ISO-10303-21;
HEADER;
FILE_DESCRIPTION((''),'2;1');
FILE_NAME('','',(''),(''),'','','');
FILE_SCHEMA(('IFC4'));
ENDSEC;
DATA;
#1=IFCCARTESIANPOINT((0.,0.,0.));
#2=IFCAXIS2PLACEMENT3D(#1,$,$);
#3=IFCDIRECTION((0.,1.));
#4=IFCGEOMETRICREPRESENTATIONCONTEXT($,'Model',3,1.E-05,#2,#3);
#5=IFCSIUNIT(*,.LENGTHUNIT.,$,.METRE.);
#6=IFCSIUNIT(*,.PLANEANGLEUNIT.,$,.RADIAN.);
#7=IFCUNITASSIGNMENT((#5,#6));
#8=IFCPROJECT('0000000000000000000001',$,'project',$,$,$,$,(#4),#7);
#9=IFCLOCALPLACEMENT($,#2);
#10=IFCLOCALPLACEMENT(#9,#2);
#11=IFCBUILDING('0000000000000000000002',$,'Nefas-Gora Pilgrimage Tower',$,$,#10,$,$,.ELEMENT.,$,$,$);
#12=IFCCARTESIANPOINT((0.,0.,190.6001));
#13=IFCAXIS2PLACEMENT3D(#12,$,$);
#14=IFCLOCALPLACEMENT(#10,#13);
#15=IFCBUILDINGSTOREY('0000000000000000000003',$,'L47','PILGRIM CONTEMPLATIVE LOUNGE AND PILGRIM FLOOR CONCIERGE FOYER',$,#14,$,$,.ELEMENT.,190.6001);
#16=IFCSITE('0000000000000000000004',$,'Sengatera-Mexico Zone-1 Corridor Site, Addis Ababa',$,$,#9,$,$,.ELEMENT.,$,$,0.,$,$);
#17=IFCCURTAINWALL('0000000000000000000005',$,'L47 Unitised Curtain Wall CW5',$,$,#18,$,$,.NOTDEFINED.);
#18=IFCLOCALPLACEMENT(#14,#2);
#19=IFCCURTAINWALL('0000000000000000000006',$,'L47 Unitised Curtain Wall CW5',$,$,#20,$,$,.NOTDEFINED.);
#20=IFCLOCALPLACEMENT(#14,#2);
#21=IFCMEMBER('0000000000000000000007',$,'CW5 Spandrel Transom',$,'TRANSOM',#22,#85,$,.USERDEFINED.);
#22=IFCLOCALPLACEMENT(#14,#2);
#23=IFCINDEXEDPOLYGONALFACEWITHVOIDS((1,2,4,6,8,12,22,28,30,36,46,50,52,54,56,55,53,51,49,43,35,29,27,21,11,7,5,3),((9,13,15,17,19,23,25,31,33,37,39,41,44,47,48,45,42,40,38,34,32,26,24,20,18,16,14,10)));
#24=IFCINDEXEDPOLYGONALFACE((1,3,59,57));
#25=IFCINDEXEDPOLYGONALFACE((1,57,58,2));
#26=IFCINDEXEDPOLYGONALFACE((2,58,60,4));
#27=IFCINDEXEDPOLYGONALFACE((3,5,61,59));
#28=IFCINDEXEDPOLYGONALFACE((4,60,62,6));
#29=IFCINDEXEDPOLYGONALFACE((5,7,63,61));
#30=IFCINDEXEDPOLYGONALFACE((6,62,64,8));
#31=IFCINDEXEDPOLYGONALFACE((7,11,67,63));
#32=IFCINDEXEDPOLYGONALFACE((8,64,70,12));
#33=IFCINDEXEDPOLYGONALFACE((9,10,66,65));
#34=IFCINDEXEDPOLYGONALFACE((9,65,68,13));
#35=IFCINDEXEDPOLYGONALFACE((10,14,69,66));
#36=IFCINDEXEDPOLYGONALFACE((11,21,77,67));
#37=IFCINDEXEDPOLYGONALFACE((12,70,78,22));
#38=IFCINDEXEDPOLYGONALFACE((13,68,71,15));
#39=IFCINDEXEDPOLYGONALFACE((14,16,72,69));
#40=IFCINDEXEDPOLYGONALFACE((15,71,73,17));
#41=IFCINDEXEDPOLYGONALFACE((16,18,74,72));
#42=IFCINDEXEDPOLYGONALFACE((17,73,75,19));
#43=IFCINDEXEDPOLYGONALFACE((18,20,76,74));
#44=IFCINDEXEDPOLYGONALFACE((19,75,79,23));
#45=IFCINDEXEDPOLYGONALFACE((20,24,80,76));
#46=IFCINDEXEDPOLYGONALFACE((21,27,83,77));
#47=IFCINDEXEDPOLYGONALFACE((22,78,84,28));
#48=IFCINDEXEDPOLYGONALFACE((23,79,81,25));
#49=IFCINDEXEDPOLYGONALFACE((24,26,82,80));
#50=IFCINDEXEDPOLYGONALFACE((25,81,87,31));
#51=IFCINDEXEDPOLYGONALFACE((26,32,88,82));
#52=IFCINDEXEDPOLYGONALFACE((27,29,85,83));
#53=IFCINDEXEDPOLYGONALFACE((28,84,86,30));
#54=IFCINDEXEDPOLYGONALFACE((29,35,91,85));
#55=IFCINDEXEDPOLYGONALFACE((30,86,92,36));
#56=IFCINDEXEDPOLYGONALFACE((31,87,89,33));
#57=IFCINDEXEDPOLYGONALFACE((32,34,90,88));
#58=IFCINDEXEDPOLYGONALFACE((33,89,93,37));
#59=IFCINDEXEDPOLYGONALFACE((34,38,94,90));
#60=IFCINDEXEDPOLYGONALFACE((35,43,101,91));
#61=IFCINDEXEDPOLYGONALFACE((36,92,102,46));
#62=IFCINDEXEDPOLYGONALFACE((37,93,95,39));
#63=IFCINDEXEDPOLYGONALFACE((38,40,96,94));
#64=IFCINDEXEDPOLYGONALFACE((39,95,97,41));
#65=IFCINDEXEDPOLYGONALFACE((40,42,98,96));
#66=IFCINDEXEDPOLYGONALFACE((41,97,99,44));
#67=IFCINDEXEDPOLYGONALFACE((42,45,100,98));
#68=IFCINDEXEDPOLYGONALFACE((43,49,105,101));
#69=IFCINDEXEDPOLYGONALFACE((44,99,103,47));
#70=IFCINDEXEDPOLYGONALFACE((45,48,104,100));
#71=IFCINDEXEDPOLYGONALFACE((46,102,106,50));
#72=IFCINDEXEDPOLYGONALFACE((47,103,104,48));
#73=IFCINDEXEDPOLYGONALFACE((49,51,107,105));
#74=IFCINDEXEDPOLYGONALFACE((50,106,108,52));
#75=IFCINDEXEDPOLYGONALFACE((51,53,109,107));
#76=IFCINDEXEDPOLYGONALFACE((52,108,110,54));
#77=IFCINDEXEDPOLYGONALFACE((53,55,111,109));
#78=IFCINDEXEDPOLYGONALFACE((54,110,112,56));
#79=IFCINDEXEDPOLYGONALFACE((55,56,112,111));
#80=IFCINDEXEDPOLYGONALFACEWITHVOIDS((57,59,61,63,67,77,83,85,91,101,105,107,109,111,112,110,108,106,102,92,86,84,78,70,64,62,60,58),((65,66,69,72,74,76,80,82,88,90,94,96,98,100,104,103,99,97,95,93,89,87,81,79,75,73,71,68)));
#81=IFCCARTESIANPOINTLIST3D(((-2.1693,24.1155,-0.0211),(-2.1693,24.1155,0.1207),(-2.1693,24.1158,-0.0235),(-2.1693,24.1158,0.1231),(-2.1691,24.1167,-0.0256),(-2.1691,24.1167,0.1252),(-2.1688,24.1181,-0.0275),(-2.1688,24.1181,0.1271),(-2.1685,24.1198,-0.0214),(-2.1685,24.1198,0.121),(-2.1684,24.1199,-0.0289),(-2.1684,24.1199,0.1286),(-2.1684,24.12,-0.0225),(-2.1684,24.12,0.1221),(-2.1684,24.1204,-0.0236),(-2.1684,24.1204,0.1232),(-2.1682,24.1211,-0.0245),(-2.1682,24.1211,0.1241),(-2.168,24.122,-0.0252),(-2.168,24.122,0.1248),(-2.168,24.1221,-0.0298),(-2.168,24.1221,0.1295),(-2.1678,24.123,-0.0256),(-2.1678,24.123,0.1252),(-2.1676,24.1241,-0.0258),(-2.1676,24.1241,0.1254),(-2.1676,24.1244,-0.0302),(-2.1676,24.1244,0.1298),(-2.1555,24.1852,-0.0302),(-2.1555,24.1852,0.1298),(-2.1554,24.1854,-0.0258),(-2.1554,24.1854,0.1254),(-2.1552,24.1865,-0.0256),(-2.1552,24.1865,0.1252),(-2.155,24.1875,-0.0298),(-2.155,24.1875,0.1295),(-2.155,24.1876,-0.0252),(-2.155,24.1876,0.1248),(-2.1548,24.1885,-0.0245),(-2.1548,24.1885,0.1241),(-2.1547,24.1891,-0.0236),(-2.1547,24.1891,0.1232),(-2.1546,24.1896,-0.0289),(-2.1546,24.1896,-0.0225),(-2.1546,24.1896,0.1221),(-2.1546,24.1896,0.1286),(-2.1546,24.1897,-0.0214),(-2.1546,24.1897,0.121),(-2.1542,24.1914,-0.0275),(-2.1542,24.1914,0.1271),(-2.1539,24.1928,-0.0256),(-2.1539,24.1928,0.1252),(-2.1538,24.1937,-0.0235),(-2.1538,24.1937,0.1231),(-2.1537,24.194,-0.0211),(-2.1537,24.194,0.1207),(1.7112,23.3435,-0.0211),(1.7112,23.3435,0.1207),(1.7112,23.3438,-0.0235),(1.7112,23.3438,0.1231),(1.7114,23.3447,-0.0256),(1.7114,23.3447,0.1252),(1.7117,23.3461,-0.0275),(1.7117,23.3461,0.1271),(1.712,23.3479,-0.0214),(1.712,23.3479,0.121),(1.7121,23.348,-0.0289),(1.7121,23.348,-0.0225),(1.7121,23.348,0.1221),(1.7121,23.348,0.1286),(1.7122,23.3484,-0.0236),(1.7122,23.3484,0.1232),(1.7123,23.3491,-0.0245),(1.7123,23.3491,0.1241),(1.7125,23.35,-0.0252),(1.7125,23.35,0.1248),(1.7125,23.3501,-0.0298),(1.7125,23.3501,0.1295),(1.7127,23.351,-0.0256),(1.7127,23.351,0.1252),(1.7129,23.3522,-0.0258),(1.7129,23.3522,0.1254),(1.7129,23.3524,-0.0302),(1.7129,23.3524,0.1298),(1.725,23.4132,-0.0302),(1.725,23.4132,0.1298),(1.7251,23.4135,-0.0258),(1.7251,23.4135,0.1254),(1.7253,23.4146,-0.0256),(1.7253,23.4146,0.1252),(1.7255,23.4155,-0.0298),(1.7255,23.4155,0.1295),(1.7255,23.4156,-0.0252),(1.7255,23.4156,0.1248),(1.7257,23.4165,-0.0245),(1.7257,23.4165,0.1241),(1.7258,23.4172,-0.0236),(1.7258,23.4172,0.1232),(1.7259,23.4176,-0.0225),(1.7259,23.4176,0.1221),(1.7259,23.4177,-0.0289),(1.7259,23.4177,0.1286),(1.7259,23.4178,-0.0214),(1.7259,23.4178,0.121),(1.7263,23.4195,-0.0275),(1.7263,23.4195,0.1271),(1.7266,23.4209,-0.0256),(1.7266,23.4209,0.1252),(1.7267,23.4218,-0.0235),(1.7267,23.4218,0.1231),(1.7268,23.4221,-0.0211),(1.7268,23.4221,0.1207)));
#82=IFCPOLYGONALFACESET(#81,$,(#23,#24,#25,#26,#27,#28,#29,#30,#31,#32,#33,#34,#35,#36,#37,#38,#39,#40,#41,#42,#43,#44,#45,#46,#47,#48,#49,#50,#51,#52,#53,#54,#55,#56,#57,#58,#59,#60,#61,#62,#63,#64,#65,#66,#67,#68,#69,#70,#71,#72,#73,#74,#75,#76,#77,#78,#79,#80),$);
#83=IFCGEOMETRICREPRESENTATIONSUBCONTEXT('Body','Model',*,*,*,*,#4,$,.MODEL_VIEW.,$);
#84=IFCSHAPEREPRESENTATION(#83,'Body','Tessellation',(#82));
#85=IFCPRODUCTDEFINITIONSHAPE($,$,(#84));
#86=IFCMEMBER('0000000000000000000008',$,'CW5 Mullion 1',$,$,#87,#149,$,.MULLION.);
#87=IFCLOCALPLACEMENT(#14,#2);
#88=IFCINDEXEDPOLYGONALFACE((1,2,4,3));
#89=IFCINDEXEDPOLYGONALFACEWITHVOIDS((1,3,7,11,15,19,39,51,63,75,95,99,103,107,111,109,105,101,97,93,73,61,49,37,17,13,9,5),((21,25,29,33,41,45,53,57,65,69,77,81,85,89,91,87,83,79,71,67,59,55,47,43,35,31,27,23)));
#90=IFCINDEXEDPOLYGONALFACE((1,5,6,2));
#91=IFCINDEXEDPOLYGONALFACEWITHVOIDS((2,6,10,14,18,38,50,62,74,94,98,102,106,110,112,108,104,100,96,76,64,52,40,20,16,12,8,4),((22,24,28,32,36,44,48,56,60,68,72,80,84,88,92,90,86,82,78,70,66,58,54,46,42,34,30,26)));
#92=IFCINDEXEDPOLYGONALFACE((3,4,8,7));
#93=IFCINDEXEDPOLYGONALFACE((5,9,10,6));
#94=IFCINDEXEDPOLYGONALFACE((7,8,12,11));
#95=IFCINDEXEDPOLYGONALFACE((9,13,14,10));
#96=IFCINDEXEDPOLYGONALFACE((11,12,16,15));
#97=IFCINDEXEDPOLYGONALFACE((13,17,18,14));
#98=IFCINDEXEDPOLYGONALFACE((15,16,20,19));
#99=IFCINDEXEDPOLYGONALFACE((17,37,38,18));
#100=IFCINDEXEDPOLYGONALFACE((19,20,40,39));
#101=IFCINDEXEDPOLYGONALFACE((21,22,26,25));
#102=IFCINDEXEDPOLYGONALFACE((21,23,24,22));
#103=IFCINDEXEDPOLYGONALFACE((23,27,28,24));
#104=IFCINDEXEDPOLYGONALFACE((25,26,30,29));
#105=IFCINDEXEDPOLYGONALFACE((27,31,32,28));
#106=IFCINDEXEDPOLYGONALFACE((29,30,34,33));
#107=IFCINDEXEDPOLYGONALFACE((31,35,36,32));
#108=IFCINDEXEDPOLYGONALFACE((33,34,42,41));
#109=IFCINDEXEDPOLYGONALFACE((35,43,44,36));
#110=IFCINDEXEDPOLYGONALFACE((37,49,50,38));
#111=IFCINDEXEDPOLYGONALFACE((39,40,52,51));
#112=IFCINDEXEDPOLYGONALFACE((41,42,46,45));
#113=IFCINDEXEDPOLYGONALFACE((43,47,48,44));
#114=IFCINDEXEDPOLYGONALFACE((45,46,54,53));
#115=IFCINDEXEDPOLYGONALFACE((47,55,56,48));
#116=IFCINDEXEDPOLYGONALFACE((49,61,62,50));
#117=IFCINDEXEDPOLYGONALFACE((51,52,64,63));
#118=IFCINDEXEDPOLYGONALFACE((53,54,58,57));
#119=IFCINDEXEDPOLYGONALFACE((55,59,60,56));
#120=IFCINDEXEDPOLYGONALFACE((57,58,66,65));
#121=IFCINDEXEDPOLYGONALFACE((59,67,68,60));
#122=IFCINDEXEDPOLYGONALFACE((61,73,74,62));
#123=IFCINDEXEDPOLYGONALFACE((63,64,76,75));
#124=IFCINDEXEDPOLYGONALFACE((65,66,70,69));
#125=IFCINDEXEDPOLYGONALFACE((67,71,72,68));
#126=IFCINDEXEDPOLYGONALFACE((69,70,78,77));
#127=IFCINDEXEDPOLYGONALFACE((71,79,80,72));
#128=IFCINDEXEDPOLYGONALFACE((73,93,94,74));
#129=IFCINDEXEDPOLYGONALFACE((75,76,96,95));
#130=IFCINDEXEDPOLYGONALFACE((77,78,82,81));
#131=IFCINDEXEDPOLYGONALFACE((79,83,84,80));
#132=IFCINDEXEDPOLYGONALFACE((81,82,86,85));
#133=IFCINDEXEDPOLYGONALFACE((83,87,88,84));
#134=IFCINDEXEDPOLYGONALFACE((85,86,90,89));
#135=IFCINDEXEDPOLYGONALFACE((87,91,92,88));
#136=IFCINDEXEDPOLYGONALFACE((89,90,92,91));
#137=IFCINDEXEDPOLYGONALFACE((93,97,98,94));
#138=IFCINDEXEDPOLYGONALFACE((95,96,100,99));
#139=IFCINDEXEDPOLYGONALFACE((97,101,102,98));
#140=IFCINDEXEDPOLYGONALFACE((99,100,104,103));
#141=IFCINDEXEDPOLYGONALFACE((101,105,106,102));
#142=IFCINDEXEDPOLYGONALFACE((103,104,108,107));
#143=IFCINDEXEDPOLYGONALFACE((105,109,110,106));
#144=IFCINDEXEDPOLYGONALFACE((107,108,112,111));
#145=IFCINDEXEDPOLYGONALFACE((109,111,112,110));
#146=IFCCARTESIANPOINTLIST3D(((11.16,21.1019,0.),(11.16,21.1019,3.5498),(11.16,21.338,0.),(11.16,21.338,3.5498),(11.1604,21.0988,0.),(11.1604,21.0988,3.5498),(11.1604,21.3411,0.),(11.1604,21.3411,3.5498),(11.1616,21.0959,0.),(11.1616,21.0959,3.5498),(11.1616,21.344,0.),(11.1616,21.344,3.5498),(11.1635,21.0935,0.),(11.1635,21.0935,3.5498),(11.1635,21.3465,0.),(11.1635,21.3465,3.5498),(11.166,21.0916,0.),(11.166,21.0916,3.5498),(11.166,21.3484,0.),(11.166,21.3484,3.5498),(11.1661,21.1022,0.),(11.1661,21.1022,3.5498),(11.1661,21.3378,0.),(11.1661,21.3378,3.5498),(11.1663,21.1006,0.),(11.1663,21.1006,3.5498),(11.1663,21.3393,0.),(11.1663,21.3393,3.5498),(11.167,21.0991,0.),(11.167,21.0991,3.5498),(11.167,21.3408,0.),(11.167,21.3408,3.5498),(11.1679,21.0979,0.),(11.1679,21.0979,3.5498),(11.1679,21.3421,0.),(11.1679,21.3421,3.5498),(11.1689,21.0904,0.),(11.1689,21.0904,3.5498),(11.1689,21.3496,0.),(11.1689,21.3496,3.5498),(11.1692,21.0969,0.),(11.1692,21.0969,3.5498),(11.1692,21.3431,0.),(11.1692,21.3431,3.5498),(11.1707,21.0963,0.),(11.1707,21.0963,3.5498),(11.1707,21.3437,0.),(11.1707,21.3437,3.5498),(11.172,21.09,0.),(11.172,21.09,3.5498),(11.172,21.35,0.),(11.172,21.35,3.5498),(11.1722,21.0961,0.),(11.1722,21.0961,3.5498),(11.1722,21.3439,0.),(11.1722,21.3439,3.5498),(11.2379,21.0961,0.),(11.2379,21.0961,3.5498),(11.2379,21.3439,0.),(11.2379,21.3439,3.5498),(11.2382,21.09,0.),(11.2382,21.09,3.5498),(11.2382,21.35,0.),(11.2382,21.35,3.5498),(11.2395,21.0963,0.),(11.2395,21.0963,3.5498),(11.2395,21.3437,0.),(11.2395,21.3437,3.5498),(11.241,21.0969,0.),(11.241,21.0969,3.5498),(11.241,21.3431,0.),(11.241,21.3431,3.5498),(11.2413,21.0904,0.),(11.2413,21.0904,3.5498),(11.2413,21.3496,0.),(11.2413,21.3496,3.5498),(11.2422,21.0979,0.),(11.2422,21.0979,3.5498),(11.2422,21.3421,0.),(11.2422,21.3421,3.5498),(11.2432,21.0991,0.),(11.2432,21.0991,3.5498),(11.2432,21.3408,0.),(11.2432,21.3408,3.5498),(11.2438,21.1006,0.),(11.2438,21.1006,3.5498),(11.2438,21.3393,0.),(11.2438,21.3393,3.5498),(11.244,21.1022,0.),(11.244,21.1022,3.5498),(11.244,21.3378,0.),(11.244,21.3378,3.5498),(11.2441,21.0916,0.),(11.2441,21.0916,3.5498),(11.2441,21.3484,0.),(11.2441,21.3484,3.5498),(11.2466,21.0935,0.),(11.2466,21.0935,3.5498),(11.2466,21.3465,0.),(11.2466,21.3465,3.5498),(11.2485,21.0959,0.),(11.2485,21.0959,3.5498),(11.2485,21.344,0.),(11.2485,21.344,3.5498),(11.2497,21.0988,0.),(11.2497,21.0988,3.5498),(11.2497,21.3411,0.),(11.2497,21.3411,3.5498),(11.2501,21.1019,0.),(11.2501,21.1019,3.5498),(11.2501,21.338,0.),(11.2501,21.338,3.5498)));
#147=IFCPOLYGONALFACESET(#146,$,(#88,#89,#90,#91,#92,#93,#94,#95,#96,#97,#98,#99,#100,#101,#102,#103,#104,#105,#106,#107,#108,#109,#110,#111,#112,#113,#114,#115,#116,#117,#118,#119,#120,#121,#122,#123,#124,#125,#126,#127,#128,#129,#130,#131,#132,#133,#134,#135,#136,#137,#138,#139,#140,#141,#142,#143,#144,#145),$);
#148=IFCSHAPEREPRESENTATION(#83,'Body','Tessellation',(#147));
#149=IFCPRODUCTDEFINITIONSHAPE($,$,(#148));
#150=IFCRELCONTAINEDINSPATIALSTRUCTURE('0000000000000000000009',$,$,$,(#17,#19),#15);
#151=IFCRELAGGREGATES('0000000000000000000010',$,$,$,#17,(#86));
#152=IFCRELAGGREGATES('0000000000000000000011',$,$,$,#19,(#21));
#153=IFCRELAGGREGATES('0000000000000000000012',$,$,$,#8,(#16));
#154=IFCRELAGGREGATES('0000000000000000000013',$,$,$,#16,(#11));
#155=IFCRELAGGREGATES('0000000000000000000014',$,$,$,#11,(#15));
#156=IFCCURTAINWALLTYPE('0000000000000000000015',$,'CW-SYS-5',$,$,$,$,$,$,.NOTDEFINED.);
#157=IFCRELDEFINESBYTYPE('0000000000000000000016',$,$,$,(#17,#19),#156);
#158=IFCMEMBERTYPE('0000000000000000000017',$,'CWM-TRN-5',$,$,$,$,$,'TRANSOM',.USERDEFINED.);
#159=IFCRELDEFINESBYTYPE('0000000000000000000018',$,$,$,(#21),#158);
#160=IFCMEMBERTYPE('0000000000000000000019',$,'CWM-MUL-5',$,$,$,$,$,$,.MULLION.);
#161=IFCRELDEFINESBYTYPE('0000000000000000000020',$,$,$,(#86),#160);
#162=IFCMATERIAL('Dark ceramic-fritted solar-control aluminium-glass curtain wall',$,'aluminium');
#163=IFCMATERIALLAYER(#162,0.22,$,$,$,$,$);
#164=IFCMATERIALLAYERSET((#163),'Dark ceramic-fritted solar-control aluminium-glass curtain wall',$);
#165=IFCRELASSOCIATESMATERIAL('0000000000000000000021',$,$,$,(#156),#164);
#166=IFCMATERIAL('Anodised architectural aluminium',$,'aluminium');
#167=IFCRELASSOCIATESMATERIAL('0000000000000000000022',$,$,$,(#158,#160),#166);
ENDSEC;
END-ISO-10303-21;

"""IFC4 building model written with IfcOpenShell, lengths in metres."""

from ifc_helpers import new_model, si_unit, direction, frame, origin, origin_2d, place, context, subcontext, project, spatial, hollow_rectangle, extrude, source, transform, mapped, material, layer, layer_set, material_profile, profile_set, type_object, element, aggregate, save


model = new_model("IFC4")

# Units and contexts
model_context = context("Model", 3, precision=1e-05, world=origin(), true_north=direction((0.0, 1.0)))
body_context = subcontext(model_context, "Body", "Model", "MODEL_VIEW")
ifc_project = project(units=[si_unit("LENGTHUNIT", "METRE"), si_unit("PLANEANGLEUNIT", "RADIAN")], contexts=[model_context])

# Site, building, storey
site_placement = place(None, origin())
site = spatial("IfcSite", under=ifc_project, at=site_placement, Name="Sengatera-Mexico Zone-1 Corridor Site, Addis Ababa", CompositionType="ELEMENT", RefElevation=0.0)
building_placement = place(site_placement, origin())
building = spatial("IfcBuilding", under=site, at=building_placement, Name="Nefas-Gora Pilgrimage Tower", CompositionType="ELEMENT")
storey_placement = place(building_placement, frame((0.0, 0.0, 190.6001)))
storey = spatial("IfcBuildingStorey", under=building, at=storey_placement, Name="L47", Description="PILGRIM CONTEMPLATIVE LOUNGE AND PILGRIM FLOOR CONCIERGE FOYER", CompositionType="ELEMENT", Elevation=190.6001)

# Curtain walls, member
ifc_material_1 = material(Name="Dark ceramic-fritted solar-control aluminium-glass curtain wall", Category="aluminium")
ifc_layer_1 = layer(ifc_material_1, 0.22)
ifc_layer_set_1 = layer_set([ifc_layer_1], Name="Dark ceramic-fritted solar-control aluminium-glass curtain wall")
curtain_wall_type = type_object("IfcCurtainWallType", Name="CW-SYS-5", PredefinedType="NOTDEFINED", material=ifc_layer_set_1)
curtain_wall_1_placement = place(storey_placement, origin())
curtain_wall_1 = element("IfcCurtainWall", 1, at=curtain_wall_1_placement, inside=storey, type_object=curtain_wall_type, Name="L47 Unitised Curtain Wall CW5", PredefinedType="NOTDEFINED")
ifc_material_2 = material(Name="Anodised architectural aluminium", Category="aluminium")
ifc_material_profile_1 = material_profile(ifc_material_2, hollow_rectangle(XDim=0.0801, YDim=0.1599, WallThickness=0.0044, InnerFilletRadius=0.0044, OuterFilletRadius=0.009, at=origin_2d()), Name="ALU TRANSOM 80x160")
ifc_profile_set_1 = profile_set([ifc_material_profile_1], Name="Anodised architectural aluminium")
member_type_1 = type_object("IfcMemberType", Name="CWM-TRN-5", ElementType="TRANSOM", PredefinedType="USERDEFINED", material=ifc_profile_set_1)
curtain_wall_2_placement = place(storey_placement, origin())
curtain_wall_2 = element("IfcCurtainWall", 2, at=curtain_wall_2_placement, inside=storey, type_object=curtain_wall_type, Name="L47 Unitised Curtain Wall CW5", PredefinedType="NOTDEFINED")
shared_shape_1 = source(origin(), body_context, "Body", "SweptSolid", [
    extrude(hollow_rectangle(XDim=0.0801, YDim=0.1599, WallThickness=0.0044, InnerFilletRadius=0.0044, OuterFilletRadius=0.009, at=origin_2d()), origin(), (0.0, 0.0, 1.0), 3.9565),
])
member_1_placement = place(storey_placement, frame((1.719, 23.3828, 0.0498), z_axis=(-0.980782, 0.195107, 0.0), x_axis=(-0.195107, -0.980782, 0.0)))
member_1 = element("IfcMember", 3, at=member_1_placement, type_object=member_type_1, Name="CW5 Spandrel Transom", ObjectType="TRANSOM", PredefinedType="USERDEFINED", context=body_context, shape_type="MappedRepresentation", body=[
    mapped(shared_shape_1, transform((0.0, 0.0, 0.0), x_axis=(1.0, 0.0, 0.0), y_axis=(0.0, 1.0, 0.0), z_axis=(0.0, 0.0, 1.0), scale=1.0)),
])

# Member
ifc_material_profile_2 = material_profile(ifc_material_2, hollow_rectangle(XDim=0.0901, YDim=0.26, WallThickness=0.0061, InnerFilletRadius=0.0061, OuterFilletRadius=0.012, at=origin_2d()), Name="ALU MULLION 90x260")
ifc_profile_set_2 = profile_set([ifc_material_profile_2], Name="Anodised architectural aluminium")
member_type_2 = type_object("IfcMemberType", Name="CWM-MUL-5", PredefinedType="MULLION", material=ifc_profile_set_2)
shared_shape_2 = source(origin(), body_context, "Body", "SweptSolid", [
    extrude(hollow_rectangle(XDim=0.0901, YDim=0.26, WallThickness=0.0061, InnerFilletRadius=0.0061, OuterFilletRadius=0.012, at=origin_2d()), origin(), (0.0, 0.0, 1.0), 3.5498),
])
member_2_placement = place(storey_placement, frame((11.2051, 21.22, 0.0), z_axis=(0.0, 0.0, 1.0), x_axis=(-1.0, 0.0, 0.0)))
member_2 = element("IfcMember", 4, at=member_2_placement, type_object=member_type_2, Name="CW5 Mullion 1", PredefinedType="MULLION", context=body_context, shape_type="MappedRepresentation", body=[
    mapped(shared_shape_2, transform((0.0, 0.0, 0.0), x_axis=(1.0, 0.0, 0.0), y_axis=(0.0, 1.0, 0.0), z_axis=(0.0, 0.0, 1.0), scale=1.0)),
])

aggregate(curtain_wall_1, [member_2])
aggregate(curtain_wall_2, [member_1])

save(model, "model.ifc")
